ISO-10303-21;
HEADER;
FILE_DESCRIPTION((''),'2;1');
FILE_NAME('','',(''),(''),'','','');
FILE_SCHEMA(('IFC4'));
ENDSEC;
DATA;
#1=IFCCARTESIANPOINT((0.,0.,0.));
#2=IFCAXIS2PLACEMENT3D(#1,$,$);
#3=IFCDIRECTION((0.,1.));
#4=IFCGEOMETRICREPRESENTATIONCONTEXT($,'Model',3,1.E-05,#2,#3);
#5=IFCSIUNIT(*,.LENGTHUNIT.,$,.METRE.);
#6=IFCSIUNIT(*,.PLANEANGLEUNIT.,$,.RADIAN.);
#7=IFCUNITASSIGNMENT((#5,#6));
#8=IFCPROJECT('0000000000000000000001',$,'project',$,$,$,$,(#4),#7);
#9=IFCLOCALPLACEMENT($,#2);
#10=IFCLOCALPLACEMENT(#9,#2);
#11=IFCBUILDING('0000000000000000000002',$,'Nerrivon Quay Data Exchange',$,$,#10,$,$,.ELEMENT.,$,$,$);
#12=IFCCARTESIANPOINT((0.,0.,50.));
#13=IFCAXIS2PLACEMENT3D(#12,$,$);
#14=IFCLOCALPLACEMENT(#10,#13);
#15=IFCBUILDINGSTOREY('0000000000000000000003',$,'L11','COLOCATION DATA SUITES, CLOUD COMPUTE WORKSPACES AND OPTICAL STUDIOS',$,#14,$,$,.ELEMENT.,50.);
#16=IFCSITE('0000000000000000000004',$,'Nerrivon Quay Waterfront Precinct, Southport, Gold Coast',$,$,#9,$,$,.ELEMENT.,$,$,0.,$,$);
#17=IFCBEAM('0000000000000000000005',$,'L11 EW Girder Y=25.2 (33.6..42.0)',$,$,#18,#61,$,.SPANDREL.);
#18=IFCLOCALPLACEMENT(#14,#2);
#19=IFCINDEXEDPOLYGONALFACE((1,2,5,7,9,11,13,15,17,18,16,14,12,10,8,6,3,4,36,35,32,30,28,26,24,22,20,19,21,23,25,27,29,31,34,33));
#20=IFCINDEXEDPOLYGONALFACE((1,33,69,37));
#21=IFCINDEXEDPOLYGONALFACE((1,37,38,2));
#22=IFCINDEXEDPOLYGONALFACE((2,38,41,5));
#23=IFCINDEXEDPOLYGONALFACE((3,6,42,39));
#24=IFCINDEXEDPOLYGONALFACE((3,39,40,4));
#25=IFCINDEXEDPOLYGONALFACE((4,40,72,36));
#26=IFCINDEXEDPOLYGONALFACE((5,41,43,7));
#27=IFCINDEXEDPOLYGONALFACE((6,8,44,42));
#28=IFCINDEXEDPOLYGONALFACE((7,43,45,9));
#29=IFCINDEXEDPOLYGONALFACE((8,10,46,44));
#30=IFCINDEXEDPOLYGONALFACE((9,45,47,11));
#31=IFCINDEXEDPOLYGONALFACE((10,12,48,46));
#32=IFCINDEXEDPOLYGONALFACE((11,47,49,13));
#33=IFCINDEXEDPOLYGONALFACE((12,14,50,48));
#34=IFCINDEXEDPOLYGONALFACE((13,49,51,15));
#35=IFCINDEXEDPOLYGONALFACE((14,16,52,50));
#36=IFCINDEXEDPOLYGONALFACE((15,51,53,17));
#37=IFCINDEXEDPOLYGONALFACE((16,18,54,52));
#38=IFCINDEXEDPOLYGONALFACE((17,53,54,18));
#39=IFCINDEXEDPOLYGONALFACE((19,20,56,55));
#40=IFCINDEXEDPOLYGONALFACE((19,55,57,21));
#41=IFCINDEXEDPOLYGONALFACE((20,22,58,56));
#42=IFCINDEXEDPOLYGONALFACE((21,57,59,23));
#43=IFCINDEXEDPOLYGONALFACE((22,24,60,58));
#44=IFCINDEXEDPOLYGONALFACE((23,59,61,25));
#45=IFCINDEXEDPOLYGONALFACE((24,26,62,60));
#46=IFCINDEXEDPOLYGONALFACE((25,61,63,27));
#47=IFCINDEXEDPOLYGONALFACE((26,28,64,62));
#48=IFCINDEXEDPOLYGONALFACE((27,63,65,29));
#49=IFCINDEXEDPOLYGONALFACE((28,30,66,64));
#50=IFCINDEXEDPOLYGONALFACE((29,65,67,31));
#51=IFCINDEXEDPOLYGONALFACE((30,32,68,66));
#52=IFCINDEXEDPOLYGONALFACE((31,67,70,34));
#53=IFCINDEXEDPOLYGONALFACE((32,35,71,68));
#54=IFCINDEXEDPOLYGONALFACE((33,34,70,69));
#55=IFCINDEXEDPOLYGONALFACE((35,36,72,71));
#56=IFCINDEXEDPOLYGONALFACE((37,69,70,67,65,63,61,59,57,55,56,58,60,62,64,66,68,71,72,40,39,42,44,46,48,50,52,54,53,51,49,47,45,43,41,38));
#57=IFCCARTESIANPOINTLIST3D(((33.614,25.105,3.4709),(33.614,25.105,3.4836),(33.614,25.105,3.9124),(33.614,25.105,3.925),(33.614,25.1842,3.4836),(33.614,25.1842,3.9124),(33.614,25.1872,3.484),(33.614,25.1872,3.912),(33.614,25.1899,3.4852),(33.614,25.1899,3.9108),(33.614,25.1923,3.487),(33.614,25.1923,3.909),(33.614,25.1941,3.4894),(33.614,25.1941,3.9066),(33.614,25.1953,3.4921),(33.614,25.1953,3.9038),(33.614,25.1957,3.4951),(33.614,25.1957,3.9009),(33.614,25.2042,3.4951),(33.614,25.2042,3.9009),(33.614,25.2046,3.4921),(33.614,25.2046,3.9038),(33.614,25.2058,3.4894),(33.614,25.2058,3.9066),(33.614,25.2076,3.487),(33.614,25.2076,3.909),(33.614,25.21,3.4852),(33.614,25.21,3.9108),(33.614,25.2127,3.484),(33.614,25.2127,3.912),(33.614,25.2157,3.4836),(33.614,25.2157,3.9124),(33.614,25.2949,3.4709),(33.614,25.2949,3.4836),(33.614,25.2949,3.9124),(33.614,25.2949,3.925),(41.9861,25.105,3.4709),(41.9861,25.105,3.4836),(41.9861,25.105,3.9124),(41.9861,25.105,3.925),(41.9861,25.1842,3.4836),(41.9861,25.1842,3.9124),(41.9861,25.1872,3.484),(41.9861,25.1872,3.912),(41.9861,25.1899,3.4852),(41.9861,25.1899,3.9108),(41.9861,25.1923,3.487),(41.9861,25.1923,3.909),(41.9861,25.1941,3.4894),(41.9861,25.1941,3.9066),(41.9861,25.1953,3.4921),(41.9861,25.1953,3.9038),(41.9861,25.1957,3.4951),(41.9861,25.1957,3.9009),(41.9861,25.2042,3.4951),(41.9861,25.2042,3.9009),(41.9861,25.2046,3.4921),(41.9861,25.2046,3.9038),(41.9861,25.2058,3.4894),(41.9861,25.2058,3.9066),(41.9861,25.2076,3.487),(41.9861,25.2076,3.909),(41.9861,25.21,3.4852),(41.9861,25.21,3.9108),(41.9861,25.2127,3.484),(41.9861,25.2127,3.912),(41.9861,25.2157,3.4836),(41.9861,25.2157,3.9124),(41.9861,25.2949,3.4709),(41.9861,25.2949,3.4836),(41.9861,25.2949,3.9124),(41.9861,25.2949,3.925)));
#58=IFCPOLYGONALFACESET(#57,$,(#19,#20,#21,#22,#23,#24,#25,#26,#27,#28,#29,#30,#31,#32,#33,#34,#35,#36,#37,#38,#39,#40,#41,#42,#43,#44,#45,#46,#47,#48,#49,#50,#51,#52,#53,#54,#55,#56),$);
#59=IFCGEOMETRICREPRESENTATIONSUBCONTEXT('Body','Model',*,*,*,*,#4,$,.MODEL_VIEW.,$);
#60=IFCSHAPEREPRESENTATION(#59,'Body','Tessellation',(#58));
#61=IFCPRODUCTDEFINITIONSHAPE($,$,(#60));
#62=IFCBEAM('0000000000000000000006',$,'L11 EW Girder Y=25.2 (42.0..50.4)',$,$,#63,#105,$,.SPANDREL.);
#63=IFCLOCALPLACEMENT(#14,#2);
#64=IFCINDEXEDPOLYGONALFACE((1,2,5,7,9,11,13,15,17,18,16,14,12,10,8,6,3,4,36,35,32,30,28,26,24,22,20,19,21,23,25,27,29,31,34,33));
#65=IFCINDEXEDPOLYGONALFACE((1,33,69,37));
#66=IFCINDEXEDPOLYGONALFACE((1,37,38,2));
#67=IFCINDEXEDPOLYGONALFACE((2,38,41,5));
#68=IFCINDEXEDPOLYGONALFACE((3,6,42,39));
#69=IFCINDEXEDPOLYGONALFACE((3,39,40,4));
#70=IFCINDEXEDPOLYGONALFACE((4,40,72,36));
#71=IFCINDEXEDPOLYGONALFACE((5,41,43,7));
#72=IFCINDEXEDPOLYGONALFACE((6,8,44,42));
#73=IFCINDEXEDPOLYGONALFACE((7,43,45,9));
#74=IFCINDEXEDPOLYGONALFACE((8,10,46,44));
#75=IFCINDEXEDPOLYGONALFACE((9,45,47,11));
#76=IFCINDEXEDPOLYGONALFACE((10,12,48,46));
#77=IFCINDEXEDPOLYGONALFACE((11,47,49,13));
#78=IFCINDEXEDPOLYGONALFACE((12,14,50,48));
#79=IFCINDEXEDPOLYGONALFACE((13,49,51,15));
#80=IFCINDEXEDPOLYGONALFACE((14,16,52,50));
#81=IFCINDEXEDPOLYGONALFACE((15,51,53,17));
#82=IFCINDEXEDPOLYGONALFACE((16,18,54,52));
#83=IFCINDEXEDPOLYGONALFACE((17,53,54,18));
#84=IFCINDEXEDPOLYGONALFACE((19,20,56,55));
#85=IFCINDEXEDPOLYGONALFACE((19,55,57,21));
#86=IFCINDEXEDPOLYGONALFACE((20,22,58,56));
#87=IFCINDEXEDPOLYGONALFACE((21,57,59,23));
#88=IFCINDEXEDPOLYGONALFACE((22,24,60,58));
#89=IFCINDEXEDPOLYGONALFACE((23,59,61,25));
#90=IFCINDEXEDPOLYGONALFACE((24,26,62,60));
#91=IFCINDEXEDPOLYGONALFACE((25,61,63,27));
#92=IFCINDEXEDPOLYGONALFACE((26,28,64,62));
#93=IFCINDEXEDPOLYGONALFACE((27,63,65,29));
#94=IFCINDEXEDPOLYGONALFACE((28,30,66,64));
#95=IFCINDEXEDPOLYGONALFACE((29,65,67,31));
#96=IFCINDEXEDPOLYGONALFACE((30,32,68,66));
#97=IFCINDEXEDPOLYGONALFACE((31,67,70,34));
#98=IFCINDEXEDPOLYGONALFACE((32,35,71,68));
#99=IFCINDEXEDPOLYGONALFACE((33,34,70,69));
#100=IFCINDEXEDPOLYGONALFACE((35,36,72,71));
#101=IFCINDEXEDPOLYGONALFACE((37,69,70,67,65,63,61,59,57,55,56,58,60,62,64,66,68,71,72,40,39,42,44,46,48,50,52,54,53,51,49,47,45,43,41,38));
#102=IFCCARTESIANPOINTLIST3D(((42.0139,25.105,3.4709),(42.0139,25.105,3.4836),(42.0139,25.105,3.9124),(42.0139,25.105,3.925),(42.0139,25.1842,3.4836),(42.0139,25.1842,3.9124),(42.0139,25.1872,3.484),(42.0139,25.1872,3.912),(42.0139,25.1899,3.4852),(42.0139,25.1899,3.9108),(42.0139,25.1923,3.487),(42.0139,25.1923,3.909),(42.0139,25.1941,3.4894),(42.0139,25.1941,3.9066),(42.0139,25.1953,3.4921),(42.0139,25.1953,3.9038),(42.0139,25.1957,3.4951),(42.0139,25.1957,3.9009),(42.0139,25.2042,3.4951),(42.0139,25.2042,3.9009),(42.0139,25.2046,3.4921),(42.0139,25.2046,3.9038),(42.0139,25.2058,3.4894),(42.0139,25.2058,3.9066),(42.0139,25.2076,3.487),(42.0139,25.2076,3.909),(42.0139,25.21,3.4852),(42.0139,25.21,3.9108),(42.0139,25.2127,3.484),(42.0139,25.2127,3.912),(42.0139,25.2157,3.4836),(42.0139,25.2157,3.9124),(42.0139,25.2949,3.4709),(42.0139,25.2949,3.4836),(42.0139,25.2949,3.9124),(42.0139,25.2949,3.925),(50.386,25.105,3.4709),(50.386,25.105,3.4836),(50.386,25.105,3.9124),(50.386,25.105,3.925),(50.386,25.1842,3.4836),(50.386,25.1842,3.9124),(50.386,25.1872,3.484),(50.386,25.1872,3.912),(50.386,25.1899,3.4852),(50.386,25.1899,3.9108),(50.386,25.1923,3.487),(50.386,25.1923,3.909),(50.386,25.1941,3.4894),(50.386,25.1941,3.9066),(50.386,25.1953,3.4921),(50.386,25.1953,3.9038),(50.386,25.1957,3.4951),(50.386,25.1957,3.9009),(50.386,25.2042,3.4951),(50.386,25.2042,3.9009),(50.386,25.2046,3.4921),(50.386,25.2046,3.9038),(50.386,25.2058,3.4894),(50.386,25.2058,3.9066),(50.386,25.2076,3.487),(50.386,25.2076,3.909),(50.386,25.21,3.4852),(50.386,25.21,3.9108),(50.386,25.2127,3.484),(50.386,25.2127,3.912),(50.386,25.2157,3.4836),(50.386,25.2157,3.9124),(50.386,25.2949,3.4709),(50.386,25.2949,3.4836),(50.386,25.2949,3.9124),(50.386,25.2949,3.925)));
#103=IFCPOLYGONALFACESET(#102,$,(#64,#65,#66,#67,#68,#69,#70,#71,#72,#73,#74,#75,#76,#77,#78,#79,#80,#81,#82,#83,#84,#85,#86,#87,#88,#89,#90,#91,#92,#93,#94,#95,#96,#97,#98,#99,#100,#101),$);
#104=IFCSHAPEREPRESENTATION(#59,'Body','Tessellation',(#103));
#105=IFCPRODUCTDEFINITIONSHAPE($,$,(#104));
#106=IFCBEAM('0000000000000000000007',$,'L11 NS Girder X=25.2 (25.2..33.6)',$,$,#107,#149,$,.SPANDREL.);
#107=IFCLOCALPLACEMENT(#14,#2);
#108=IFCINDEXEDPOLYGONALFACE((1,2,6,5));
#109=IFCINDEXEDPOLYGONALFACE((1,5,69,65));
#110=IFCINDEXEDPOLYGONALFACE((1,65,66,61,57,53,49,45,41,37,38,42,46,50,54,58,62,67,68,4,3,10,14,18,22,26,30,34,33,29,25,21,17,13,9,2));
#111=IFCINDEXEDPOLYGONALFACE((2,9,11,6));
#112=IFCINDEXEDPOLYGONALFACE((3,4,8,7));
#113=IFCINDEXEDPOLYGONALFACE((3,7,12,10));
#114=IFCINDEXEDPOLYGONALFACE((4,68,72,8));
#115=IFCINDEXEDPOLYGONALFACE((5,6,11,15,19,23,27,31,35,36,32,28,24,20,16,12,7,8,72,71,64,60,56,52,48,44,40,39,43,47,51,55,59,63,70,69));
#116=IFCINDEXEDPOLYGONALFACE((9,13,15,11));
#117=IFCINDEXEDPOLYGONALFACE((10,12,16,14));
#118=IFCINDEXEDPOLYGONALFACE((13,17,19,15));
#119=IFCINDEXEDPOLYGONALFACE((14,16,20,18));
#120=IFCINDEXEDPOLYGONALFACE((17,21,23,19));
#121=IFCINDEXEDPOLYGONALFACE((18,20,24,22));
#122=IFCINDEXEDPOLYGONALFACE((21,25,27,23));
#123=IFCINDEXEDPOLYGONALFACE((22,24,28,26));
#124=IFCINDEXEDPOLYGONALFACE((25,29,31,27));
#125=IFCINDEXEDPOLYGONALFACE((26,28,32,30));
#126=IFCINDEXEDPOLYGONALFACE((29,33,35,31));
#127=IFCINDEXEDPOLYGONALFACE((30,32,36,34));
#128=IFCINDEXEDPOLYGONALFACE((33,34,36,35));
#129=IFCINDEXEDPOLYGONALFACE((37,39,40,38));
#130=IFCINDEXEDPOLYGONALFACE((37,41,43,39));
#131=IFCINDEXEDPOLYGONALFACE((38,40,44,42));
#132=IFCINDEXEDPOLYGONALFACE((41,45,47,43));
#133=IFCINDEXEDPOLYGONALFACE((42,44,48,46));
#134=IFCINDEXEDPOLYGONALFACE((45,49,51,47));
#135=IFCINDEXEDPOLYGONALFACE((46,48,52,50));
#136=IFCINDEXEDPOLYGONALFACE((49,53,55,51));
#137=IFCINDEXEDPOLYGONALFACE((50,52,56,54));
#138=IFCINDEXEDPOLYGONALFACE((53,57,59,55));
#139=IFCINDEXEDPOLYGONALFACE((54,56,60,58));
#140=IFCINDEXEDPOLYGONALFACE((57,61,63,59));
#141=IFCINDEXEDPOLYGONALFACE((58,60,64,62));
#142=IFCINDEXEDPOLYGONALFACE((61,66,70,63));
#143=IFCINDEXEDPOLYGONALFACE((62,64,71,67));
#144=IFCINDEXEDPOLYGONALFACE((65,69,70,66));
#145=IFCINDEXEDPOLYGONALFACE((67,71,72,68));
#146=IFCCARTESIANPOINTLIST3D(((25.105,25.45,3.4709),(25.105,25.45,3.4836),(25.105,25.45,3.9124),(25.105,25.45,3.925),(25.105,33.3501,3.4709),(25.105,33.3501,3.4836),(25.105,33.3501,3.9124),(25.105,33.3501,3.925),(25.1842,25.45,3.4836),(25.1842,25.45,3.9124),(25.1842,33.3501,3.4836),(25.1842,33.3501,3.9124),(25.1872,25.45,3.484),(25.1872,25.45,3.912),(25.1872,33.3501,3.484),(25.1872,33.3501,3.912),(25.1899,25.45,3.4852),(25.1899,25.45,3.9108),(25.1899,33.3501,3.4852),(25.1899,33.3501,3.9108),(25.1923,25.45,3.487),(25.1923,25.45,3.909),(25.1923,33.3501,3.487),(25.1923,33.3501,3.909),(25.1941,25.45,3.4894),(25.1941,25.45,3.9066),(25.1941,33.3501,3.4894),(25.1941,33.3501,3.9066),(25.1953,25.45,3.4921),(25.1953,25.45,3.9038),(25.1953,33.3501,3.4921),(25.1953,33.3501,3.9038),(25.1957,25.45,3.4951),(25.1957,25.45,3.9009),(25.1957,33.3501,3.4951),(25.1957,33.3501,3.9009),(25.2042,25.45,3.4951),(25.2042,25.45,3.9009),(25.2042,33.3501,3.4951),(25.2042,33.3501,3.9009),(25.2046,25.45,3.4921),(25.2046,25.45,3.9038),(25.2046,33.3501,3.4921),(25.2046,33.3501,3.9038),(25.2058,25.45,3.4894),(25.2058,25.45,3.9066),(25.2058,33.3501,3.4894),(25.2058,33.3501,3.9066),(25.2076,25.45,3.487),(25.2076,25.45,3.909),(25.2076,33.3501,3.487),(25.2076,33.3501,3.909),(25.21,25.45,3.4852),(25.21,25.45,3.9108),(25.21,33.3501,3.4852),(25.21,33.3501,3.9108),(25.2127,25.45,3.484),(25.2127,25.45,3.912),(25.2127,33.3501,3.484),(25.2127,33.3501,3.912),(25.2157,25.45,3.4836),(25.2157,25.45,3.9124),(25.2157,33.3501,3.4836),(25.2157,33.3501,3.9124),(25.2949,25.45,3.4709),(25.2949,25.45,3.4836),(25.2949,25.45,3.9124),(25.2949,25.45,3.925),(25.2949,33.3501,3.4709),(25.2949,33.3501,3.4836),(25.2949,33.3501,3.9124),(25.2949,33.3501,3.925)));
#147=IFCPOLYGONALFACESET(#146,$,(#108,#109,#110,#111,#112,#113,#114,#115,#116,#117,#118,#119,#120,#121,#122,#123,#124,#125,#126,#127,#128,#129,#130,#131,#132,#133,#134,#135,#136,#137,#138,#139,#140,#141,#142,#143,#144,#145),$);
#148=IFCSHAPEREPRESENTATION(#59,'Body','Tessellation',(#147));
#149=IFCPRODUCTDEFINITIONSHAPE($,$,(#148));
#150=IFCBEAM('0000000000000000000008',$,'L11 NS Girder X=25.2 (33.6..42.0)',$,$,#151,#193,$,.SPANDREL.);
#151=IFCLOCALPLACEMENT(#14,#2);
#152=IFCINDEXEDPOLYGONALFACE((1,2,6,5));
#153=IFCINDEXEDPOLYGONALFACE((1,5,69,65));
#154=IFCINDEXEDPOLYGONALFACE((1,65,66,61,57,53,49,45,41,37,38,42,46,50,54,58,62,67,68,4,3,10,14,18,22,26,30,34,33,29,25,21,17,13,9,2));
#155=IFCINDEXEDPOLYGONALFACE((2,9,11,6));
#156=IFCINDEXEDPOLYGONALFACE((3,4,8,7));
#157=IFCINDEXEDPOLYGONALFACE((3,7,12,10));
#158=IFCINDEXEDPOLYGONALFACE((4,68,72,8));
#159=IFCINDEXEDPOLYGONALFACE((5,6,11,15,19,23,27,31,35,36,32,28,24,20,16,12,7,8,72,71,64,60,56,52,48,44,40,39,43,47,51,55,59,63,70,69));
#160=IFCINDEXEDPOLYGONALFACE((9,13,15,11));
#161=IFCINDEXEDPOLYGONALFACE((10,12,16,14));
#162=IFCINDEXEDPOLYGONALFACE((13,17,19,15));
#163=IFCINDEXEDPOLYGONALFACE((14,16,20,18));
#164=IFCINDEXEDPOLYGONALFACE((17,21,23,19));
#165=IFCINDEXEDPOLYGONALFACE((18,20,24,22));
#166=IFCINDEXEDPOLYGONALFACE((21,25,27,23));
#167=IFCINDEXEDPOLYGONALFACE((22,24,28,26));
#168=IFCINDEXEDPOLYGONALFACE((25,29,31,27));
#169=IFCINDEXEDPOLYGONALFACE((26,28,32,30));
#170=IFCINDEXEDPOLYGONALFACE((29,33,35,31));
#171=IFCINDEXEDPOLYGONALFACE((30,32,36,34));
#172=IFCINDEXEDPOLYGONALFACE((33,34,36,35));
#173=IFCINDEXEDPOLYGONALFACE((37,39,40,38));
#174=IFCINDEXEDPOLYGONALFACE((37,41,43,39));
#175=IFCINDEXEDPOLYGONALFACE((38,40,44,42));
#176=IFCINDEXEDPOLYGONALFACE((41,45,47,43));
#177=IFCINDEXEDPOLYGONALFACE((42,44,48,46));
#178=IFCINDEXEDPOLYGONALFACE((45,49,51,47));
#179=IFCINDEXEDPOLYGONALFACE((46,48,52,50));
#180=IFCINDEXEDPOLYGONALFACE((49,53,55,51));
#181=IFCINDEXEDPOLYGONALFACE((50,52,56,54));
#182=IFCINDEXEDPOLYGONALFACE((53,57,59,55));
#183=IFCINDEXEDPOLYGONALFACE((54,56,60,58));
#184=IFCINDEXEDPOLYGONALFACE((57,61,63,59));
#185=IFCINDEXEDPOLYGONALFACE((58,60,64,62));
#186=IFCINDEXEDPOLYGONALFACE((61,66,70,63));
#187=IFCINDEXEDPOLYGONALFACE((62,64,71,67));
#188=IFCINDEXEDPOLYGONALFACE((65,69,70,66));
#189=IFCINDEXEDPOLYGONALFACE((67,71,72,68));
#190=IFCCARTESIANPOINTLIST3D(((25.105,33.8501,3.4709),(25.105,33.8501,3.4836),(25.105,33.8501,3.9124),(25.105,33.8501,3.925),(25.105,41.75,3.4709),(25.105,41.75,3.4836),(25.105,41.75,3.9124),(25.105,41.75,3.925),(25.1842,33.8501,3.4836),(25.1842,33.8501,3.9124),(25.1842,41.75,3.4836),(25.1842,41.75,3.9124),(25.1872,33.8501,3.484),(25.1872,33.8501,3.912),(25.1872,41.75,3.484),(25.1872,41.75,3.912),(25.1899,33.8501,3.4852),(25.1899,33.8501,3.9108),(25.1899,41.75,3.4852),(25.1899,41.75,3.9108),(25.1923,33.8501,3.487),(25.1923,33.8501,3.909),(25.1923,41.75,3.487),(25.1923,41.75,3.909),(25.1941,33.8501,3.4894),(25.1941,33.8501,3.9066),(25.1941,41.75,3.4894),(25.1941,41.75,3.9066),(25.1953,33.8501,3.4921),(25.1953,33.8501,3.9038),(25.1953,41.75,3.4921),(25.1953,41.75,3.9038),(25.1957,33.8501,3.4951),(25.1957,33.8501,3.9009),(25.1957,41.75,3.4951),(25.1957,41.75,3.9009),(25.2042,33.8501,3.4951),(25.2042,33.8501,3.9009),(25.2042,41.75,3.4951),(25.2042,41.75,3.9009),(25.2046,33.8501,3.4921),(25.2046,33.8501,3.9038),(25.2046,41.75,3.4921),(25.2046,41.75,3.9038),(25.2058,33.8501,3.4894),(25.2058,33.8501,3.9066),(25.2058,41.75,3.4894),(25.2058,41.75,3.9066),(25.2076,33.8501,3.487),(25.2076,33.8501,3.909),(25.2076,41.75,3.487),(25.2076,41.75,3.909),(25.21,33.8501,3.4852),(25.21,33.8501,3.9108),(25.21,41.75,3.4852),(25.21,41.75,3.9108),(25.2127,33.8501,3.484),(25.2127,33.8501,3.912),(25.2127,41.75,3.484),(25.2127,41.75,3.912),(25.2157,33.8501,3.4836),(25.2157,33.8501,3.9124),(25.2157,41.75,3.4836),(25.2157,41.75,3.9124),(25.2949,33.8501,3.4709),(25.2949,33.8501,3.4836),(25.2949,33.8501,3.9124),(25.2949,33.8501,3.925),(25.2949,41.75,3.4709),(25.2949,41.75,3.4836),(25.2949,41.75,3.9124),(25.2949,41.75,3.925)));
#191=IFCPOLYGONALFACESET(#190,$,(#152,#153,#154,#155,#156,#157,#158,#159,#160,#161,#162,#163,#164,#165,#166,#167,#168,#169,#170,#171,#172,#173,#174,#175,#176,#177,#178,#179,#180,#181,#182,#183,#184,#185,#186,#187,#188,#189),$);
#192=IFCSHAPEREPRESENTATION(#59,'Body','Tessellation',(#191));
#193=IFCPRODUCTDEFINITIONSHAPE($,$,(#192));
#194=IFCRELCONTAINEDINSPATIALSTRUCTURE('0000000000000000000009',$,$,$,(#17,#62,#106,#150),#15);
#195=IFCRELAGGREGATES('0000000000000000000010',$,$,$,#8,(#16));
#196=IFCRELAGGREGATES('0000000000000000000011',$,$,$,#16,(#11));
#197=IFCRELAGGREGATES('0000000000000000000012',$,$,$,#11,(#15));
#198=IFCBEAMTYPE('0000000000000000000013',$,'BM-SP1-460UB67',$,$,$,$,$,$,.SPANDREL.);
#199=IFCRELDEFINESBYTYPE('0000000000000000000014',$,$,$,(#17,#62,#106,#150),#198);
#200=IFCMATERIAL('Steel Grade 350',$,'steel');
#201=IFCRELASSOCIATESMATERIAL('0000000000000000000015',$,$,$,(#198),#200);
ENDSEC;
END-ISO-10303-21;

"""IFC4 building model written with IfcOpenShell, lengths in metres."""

from ifc_helpers import new_model, si_unit, direction, frame, origin, origin_2d, place, context, subcontext, project, spatial, i_section, extrude, material, material_profile, profile_set, type_object, element, save


model = new_model("IFC4")

# Units and contexts
model_context = context("Model", 3, precision=1e-05, world=origin(), true_north=direction((0.0, 1.0)))
body_context = subcontext(model_context, "Body", "Model", "MODEL_VIEW")
ifc_project = project(units=[si_unit("LENGTHUNIT", "METRE"), si_unit("PLANEANGLEUNIT", "RADIAN")], contexts=[model_context])

# Site, building, storey
site_placement = place(None, origin())
site = spatial("IfcSite", under=ifc_project, at=site_placement, Name="Nerrivon Quay Waterfront Precinct, Southport, Gold Coast", CompositionType="ELEMENT", RefElevation=0.0)
building_placement = place(site_placement, origin())
building = spatial("IfcBuilding", under=site, at=building_placement, Name="Nerrivon Quay Data Exchange", CompositionType="ELEMENT")
storey_placement = place(building_placement, frame((0.0, 0.0, 50.0)))
storey = spatial("IfcBuildingStorey", under=building, at=storey_placement, Name="L11", Description="COLOCATION DATA SUITES, CLOUD COMPUTE WORKSPACES AND OPTICAL STUDIOS", CompositionType="ELEMENT", Elevation=50.0)

# Shared definitions
ifc_material_1 = material(Name="Steel Grade 350", Category="steel")

# Beams
ifc_material_profile_1 = material_profile(ifc_material_1, i_section(OverallWidth=0.1899, OverallDepth=0.4541, WebThickness=0.0085, FlangeThickness=0.0127, FilletRadius=0.0115, at=origin_2d()), Name="460UB67.1")
ifc_profile_set_1 = profile_set([ifc_material_profile_1], Name="Steel Grade 350")
beam_type = type_object("IfcBeamType", Name="BM-SP1-460UB67", PredefinedType="SPANDREL", material=ifc_profile_set_1)
for number, where, z_axis, x_axis, name in (
    (1, (33.614, 25.2, 3.698), (1.0, 0.0, 0.0), (0.0, 1.0, 0.0), "L11 EW Girder Y=25.2 (33.6..42.0)"),
    (2, (42.0139, 25.2, 3.698), (1.0, 0.0, 0.0), (0.0, 1.0, 0.0), "L11 EW Girder Y=25.2 (42.0..50.4)"),
):
    element("IfcBeam", number, at=place(storey_placement, frame(where, z_axis=z_axis, x_axis=x_axis)), inside=storey, type_object=beam_type, Name=name, PredefinedType="SPANDREL", context=body_context, shape_type="SweptSolid", body=[
        extrude(i_section(OverallWidth=0.1899, OverallDepth=0.4541, WebThickness=0.0085, FlangeThickness=0.0127, FilletRadius=0.0115, at=origin_2d()), origin(), (0.0, 0.0, 1.0), 8.3721),
    ])
beam_1_placement = place(storey_placement, frame((25.2, 25.45, 3.698), z_axis=(0.0, 1.0, 0.0), x_axis=(-1.0, 0.0, 0.0)))
element("IfcBeam", 3, at=beam_1_placement, inside=storey, type_object=beam_type, Name="L11 NS Girder X=25.2 (25.2..33.6)", PredefinedType="SPANDREL", context=body_context, shape_type="SweptSolid", body=[
    extrude(i_section(OverallWidth=0.1899, OverallDepth=0.4541, WebThickness=0.0085, FlangeThickness=0.0127, FilletRadius=0.0115, at=origin_2d()), origin(), (0.0, 0.0, 1.0), 7.9001),
])
beam_2_placement = place(storey_placement, frame((25.2, 33.8501, 3.698), z_axis=(0.0, 1.0, 0.0), x_axis=(-1.0, 0.0, 0.0)))
element("IfcBeam", 4, at=beam_2_placement, inside=storey, type_object=beam_type, Name="L11 NS Girder X=25.2 (33.6..42.0)", PredefinedType="SPANDREL", context=body_context, shape_type="SweptSolid", body=[
    extrude(i_section(OverallWidth=0.1899, OverallDepth=0.4541, WebThickness=0.0085, FlangeThickness=0.0127, FilletRadius=0.0115, at=origin_2d()), origin(), (0.0, 0.0, 1.0), 7.8999),
])

save(model, "model.ifc")
